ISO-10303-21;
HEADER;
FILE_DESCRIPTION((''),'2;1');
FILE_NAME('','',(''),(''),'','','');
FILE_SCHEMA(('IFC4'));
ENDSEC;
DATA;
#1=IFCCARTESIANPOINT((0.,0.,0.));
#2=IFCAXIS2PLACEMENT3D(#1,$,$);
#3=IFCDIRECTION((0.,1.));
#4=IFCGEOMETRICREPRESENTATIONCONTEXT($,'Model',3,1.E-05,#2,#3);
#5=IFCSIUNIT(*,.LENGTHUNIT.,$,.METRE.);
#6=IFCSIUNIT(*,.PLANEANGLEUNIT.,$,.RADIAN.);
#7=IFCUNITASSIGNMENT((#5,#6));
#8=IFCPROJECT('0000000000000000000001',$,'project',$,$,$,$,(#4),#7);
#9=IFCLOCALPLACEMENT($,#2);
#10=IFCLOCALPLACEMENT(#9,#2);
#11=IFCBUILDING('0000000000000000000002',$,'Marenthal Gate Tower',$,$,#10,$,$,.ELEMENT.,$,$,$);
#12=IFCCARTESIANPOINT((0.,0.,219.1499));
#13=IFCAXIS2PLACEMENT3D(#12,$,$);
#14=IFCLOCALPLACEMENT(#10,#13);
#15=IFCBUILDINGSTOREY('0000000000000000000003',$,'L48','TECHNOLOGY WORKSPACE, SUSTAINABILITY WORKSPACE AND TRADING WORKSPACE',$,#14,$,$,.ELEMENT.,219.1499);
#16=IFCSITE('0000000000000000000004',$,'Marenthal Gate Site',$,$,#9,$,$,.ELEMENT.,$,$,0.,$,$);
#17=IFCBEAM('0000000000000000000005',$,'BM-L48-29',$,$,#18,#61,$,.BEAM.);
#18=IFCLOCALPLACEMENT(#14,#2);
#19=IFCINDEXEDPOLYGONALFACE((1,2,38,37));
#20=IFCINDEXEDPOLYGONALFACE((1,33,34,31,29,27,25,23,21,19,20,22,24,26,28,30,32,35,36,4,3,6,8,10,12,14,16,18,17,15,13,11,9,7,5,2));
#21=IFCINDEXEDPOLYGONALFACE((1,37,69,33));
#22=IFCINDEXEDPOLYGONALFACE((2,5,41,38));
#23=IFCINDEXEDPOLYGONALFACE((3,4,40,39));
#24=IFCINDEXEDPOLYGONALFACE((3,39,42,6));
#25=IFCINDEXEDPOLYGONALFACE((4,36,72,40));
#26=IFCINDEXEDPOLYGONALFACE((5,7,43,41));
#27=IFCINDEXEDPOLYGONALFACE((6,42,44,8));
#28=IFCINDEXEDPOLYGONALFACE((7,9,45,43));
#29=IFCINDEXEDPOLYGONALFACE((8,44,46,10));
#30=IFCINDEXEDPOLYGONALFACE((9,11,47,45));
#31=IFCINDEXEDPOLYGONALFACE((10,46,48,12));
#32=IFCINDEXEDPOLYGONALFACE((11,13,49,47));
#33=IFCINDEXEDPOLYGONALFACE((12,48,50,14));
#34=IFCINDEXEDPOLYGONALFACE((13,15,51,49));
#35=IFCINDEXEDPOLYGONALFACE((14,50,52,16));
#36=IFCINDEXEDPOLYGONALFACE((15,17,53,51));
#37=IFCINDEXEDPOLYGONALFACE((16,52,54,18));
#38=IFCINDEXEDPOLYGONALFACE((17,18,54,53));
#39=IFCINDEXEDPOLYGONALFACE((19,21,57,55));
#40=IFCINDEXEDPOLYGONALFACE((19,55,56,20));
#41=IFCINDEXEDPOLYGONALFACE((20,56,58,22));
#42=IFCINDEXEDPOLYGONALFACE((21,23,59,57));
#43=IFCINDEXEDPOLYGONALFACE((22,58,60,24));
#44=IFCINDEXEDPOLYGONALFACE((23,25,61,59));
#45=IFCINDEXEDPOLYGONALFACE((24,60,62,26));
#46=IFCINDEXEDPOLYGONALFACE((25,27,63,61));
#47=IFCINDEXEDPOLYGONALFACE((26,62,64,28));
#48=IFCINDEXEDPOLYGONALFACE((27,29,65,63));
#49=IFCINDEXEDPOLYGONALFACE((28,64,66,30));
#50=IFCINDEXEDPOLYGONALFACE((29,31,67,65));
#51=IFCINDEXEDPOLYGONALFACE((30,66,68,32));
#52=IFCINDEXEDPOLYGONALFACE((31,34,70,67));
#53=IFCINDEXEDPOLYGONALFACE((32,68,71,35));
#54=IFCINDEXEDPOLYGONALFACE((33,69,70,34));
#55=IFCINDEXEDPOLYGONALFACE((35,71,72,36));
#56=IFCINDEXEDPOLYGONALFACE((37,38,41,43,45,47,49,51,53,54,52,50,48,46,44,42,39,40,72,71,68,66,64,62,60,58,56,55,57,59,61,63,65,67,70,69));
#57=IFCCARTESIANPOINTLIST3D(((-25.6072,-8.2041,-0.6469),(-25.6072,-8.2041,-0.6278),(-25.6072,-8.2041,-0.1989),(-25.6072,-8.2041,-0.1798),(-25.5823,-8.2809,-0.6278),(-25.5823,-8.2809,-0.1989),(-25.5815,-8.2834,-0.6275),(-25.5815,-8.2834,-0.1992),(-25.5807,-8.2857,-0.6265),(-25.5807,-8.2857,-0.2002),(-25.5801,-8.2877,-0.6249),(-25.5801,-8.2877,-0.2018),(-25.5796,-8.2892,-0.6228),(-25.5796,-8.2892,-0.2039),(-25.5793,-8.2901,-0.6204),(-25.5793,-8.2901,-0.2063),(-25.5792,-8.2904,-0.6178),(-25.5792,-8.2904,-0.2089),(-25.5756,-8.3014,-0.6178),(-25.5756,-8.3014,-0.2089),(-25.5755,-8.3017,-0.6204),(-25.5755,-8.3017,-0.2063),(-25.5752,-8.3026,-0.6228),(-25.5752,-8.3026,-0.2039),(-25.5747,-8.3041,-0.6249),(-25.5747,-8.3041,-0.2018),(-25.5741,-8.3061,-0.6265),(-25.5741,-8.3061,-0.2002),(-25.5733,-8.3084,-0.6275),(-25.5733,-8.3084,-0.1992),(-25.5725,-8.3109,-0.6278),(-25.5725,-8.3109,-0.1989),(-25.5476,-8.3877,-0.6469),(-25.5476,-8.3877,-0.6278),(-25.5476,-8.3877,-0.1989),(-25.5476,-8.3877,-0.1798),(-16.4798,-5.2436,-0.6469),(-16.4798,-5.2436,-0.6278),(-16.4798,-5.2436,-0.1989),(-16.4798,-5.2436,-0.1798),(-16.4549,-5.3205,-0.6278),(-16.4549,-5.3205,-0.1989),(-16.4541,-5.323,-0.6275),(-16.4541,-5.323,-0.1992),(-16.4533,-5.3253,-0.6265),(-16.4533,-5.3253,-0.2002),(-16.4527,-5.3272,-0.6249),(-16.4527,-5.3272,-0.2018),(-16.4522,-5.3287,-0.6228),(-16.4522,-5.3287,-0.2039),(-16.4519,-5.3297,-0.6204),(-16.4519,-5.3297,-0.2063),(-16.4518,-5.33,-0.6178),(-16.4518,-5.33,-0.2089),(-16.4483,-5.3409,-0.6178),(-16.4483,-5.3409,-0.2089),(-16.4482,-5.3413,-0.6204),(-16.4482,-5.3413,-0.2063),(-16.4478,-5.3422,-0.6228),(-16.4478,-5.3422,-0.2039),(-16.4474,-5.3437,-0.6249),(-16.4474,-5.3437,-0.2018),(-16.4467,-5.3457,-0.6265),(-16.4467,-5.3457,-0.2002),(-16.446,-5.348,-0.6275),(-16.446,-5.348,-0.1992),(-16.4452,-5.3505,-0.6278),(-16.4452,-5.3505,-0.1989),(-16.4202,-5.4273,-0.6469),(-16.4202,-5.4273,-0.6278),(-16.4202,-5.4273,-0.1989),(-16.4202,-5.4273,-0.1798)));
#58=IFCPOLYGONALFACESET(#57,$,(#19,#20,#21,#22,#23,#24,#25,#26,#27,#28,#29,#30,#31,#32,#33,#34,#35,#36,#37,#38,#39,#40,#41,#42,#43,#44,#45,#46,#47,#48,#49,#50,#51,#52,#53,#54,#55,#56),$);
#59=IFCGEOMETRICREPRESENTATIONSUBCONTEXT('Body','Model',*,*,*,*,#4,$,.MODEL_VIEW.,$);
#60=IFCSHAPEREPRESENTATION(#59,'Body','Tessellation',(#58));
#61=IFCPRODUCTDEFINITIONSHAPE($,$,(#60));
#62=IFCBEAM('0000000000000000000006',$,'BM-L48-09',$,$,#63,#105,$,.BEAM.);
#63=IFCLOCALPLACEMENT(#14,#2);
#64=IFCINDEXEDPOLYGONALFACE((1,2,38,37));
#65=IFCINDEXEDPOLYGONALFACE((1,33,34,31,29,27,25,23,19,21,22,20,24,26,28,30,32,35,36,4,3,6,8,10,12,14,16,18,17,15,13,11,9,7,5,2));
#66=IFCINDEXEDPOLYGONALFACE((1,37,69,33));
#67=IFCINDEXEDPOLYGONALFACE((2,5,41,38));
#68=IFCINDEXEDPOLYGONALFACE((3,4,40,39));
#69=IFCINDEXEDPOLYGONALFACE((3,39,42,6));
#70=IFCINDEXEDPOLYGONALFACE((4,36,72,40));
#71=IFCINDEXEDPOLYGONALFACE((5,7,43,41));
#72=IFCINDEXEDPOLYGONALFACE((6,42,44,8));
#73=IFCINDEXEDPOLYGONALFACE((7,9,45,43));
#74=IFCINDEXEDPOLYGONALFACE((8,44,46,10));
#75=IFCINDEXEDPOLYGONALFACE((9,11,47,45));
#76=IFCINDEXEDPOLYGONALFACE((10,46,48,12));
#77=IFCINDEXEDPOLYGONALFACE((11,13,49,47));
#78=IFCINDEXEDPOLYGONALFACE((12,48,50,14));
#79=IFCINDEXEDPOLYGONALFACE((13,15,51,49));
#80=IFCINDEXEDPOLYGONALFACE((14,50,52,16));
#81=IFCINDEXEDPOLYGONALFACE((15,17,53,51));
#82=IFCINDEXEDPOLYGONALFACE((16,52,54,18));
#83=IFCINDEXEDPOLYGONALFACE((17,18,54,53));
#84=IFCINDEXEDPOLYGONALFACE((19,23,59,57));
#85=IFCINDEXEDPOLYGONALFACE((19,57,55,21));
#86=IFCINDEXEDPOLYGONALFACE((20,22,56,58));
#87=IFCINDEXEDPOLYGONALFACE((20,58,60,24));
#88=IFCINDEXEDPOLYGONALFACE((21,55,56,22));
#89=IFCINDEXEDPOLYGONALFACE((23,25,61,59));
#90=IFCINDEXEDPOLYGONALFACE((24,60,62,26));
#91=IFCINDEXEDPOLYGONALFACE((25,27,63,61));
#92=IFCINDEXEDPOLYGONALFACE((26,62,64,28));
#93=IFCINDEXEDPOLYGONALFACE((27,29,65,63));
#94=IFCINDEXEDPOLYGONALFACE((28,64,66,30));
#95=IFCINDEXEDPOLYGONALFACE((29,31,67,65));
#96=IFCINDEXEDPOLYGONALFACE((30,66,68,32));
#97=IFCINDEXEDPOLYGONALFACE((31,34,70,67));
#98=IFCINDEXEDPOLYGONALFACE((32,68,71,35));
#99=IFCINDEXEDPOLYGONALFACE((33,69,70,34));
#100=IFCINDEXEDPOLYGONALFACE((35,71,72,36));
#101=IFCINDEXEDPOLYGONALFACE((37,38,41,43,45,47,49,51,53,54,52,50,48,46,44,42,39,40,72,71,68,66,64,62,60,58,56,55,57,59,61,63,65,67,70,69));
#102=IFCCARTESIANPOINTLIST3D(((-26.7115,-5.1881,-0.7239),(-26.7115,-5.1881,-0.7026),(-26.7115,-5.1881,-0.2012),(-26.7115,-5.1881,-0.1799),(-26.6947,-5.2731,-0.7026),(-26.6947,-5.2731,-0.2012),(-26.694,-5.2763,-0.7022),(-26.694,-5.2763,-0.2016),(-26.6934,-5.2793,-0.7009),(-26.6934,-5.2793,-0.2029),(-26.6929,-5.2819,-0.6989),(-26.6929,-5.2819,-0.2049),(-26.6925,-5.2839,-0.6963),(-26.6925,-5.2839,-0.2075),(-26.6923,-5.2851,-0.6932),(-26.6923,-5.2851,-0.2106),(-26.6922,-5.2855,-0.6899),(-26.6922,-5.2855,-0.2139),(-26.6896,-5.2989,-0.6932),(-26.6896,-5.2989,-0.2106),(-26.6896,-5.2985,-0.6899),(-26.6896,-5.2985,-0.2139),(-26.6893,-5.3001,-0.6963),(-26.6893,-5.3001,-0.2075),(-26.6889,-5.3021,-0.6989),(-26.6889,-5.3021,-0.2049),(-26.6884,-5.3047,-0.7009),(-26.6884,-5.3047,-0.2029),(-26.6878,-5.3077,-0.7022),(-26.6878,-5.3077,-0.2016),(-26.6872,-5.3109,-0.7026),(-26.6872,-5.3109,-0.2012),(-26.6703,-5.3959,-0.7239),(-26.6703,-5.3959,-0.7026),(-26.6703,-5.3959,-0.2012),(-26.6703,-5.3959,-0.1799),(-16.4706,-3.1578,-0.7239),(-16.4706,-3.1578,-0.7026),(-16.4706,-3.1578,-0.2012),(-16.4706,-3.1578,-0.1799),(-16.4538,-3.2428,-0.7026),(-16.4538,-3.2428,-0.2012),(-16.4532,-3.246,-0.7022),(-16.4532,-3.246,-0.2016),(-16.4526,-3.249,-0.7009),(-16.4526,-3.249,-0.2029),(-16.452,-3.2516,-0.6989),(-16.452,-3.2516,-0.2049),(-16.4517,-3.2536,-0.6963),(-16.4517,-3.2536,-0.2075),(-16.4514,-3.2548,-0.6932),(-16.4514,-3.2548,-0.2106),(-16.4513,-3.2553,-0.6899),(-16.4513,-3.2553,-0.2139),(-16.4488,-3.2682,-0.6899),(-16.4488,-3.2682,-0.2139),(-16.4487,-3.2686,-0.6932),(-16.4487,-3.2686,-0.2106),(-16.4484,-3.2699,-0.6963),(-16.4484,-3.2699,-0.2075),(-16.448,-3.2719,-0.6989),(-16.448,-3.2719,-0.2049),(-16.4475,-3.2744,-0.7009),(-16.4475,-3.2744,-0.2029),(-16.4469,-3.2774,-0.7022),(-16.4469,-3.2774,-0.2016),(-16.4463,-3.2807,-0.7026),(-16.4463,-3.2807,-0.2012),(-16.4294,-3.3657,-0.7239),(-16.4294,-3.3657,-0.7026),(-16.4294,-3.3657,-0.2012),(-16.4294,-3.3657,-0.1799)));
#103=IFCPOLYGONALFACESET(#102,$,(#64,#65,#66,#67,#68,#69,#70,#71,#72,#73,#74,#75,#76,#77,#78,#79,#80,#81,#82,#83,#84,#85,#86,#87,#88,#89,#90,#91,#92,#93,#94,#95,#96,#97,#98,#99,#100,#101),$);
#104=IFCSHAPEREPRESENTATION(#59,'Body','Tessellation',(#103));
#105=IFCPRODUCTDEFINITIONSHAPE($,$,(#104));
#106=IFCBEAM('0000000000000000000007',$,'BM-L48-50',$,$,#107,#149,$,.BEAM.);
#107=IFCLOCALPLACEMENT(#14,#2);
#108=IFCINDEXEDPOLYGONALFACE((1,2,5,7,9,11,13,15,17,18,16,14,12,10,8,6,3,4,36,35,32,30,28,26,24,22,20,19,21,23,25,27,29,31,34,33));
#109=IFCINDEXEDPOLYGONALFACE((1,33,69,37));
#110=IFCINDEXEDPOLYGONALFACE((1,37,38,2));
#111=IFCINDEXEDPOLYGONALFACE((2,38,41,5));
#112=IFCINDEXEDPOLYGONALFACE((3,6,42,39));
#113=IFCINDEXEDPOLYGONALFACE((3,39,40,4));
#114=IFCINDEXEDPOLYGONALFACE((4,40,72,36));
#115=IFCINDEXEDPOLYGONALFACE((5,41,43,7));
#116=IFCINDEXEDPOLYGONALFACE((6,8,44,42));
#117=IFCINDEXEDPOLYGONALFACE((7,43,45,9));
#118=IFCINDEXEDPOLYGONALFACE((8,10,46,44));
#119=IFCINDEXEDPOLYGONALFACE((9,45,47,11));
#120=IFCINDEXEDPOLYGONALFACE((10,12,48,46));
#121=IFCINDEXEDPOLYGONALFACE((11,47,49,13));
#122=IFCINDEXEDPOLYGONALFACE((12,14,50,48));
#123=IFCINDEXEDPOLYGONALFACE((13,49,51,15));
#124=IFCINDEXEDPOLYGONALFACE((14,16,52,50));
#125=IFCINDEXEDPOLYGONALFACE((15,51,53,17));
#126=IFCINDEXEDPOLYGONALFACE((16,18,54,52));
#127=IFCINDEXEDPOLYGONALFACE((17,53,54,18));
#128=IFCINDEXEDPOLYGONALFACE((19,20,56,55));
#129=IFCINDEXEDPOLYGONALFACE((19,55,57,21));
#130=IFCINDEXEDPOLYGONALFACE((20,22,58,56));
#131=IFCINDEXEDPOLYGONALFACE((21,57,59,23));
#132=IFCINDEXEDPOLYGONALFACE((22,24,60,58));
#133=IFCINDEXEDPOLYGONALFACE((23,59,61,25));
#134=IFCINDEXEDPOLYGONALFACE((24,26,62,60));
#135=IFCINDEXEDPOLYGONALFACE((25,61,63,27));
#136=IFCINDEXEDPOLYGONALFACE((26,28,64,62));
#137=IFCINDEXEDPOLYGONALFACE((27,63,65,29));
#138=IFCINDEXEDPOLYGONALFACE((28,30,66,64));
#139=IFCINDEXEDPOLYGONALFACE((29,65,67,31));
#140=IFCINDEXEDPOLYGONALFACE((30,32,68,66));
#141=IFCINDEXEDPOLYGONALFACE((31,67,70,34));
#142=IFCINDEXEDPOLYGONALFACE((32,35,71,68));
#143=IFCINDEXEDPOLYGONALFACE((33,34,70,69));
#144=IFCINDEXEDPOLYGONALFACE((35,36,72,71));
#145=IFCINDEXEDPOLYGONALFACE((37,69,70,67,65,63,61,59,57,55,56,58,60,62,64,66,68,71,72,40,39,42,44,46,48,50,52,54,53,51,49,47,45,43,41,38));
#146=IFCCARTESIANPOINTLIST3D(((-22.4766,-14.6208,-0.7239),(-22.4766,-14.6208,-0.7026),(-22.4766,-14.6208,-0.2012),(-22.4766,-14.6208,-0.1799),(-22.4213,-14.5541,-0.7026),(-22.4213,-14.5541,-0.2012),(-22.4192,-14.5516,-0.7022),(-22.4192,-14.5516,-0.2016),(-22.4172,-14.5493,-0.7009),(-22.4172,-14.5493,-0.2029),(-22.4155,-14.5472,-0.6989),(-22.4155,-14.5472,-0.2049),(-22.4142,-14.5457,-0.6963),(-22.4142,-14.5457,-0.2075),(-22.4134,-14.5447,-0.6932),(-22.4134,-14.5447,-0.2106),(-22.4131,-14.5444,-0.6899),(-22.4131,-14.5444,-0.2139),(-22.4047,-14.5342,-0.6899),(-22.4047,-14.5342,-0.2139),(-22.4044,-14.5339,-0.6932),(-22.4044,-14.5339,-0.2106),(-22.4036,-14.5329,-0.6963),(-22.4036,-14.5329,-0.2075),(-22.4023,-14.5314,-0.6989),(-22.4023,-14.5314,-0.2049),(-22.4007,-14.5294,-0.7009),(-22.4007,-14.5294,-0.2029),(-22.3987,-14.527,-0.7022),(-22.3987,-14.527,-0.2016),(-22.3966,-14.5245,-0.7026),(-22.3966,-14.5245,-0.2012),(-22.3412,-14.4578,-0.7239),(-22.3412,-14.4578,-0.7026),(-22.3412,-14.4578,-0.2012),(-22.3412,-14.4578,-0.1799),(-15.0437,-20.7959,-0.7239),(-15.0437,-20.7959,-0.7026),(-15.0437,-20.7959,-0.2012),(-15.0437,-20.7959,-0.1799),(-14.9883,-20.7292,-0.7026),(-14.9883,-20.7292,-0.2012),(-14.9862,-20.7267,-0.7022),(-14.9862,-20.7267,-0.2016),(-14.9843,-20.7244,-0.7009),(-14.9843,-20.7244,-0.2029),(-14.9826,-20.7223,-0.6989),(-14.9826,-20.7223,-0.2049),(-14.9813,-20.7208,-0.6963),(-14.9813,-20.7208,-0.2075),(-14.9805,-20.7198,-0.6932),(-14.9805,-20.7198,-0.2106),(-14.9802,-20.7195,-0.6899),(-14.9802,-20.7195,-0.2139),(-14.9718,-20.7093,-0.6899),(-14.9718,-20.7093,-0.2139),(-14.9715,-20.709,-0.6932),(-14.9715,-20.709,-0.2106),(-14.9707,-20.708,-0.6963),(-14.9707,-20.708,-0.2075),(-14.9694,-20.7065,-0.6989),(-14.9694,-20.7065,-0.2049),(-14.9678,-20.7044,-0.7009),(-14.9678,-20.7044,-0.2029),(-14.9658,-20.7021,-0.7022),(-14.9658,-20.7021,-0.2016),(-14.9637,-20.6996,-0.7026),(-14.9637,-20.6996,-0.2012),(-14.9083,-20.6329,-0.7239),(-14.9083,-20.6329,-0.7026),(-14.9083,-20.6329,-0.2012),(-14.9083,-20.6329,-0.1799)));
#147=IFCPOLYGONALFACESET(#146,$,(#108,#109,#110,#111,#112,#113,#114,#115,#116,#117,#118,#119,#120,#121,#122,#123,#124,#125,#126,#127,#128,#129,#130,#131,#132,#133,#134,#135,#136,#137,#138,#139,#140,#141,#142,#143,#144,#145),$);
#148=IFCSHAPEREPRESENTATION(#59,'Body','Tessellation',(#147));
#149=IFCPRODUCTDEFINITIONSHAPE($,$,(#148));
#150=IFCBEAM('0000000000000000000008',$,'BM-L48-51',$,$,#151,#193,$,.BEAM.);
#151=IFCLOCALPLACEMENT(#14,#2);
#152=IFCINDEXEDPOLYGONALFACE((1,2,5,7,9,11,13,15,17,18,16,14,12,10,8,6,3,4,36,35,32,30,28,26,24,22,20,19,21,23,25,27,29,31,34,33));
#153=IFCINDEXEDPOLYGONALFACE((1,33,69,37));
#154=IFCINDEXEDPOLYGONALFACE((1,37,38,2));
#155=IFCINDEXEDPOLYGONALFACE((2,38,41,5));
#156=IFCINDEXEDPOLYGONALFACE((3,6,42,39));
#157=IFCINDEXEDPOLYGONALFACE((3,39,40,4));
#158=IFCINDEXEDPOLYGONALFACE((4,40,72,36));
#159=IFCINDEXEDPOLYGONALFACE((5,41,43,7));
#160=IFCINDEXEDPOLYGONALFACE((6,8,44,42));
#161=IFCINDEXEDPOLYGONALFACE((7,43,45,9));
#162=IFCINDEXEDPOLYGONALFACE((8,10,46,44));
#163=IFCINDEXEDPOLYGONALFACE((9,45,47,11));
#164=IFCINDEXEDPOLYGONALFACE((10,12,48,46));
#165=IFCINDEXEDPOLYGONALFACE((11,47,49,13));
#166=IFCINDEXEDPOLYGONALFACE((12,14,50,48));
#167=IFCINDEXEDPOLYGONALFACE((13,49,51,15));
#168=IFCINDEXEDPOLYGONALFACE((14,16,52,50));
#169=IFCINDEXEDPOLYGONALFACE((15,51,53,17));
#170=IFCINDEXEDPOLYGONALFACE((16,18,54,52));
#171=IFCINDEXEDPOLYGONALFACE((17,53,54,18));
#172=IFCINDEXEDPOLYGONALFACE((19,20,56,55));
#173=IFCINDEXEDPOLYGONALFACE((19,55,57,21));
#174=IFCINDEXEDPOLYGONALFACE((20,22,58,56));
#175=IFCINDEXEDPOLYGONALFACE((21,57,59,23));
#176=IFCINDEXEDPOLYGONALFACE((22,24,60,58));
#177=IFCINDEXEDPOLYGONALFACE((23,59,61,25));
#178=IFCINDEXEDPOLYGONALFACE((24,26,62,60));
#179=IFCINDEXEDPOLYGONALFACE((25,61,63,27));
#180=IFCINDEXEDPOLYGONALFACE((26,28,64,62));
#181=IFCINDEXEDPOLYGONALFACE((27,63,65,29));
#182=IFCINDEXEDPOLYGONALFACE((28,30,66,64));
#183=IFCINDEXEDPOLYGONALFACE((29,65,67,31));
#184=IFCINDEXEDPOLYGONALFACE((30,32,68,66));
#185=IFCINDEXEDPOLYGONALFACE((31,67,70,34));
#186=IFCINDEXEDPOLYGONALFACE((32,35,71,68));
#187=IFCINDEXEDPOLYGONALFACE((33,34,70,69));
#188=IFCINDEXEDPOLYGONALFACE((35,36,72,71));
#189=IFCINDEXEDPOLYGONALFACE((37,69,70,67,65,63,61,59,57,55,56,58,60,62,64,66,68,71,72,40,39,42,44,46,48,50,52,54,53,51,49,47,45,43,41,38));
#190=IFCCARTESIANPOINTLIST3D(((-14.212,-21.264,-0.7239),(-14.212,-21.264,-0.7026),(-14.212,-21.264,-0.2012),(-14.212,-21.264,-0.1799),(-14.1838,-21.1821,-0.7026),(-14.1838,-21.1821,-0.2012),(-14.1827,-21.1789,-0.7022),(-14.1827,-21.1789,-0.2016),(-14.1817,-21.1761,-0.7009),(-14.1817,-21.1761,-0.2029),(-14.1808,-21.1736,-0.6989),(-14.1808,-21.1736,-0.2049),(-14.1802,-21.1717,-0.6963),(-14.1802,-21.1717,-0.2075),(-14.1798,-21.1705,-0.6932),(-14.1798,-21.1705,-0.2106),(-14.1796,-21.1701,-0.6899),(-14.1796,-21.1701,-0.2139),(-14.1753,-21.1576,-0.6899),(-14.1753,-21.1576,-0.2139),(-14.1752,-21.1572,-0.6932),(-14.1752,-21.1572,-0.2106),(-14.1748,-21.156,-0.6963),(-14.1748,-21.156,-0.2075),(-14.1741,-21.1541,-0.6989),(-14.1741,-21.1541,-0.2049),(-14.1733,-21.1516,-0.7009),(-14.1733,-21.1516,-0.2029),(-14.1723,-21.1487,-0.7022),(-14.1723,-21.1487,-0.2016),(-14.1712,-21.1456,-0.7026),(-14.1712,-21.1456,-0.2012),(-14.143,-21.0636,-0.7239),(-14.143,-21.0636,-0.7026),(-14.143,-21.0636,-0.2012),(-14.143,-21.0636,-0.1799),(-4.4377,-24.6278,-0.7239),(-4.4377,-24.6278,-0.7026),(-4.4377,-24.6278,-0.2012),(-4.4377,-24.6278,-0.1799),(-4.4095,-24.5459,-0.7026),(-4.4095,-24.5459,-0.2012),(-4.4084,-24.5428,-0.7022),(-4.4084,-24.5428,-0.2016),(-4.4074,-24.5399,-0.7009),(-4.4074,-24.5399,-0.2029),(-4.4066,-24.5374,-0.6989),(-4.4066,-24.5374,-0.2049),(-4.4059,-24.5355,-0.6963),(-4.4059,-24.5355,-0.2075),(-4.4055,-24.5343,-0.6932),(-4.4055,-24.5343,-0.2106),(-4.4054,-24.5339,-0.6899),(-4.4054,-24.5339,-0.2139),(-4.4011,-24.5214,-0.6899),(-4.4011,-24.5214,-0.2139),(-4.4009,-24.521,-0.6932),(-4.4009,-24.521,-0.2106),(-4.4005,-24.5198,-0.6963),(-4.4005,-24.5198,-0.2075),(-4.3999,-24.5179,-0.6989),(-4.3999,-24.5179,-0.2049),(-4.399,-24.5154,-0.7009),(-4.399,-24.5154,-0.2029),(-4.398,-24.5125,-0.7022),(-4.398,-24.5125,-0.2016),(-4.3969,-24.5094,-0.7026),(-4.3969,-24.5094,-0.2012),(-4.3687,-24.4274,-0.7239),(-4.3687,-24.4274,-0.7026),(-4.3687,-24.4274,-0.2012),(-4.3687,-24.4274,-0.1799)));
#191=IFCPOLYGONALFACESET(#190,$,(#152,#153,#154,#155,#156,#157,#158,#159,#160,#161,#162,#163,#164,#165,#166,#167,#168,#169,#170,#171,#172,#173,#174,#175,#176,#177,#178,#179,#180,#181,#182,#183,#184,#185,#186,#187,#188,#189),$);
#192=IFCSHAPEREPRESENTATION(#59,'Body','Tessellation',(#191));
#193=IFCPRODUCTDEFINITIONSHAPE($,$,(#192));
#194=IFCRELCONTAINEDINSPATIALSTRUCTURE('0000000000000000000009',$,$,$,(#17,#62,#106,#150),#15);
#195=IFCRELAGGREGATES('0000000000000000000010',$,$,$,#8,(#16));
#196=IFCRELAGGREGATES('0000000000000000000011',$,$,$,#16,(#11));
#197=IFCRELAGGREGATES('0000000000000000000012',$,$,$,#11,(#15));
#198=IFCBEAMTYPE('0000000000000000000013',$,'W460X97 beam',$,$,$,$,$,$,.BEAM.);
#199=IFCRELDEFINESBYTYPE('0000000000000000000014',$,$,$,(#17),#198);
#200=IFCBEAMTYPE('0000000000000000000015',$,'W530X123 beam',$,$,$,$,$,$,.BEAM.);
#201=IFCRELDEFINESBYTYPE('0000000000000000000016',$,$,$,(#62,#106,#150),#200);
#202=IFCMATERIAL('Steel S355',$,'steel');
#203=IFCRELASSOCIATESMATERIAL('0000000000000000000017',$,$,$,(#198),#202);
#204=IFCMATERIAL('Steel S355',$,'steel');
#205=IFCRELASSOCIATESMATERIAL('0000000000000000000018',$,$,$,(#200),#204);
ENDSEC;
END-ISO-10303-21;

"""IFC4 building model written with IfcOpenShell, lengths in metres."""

from ifc_helpers import new_model, si_unit, direction, frame, origin, origin_2d, place, context, subcontext, project, spatial, i_section, extrude, material, material_profile, profile_set, type_object, element, save


model = new_model("IFC4")

# Units and contexts
model_context = context("Model", 3, precision=1e-05, world=origin(), true_north=direction((0.0, 1.0)))
body_context = subcontext(model_context, "Body", "Model", "MODEL_VIEW")
ifc_project = project(units=[si_unit("LENGTHUNIT", "METRE"), si_unit("PLANEANGLEUNIT", "RADIAN")], contexts=[model_context])

# Site, building, storey
site_placement = place(None, origin())
site = spatial("IfcSite", under=ifc_project, at=site_placement, Name="Marenthal Gate Site", CompositionType="ELEMENT", RefElevation=0.0)
building_placement = place(site_placement, origin())
building = spatial("IfcBuilding", under=site, at=building_placement, Name="Marenthal Gate Tower", CompositionType="ELEMENT")
storey_placement = place(building_placement, frame((0.0, 0.0, 219.1499)))
storey = spatial("IfcBuildingStorey", under=building, at=storey_placement, Name="L48", Description="TECHNOLOGY WORKSPACE, SUSTAINABILITY WORKSPACE AND TRADING WORKSPACE", CompositionType="ELEMENT", Elevation=219.1499)

# Beams
ifc_material_1 = material(Name="Steel S355", Category="steel")
ifc_material_profile_1 = material_profile(ifc_material_1, i_section(OverallWidth=0.1931, OverallDepth=0.467, WebThickness=0.0115, FlangeThickness=0.019, FilletRadius=0.01, at=origin_2d()), Name="W460X97")
ifc_profile_set_1 = profile_set([ifc_material_profile_1], Name="Steel S355")
beam_type_1 = type_object("IfcBeamType", Name="W460X97 beam", PredefinedType="BEAM", material=ifc_profile_set_1)
beam_1_placement = place(storey_placement, frame((-25.5774, -8.2959, -0.4133), z_axis=(0.951217, 0.308523, 0.0), x_axis=(-0.308523, 0.951217, 0.0)))
element("IfcBeam", 1, at=beam_1_placement, inside=storey, type_object=beam_type_1, Name="BM-L48-29", PredefinedType="BEAM", context=body_context, shape_type="SweptSolid", body=[
    extrude(i_section(OverallWidth=0.1931, OverallDepth=0.467, WebThickness=0.0115, FlangeThickness=0.019, FilletRadius=0.01, at=origin_2d()), origin(), (0.0, 0.0, 1.0), 9.5955),
])
ifc_material_2 = material(Name="Steel S355", Category="steel")
ifc_material_profile_2 = material_profile(ifc_material_2, i_section(OverallWidth=0.2119, OverallDepth=0.5439, WebThickness=0.0132, FlangeThickness=0.0212, FilletRadius=0.0127, at=origin_2d()), Name="W530X123")
ifc_profile_set_2 = profile_set([ifc_material_profile_2], Name="Steel S355")
beam_type_2 = type_object("IfcBeamType", Name="W530X123 beam", PredefinedType="BEAM", material=ifc_profile_set_2)
beam_2_placement = place(storey_placement, frame((-26.6909, -5.292, -0.4519), z_axis=(0.980909, 0.194465, 0.0), x_axis=(-0.194465, 0.980909, 0.0)))
element("IfcBeam", 2, at=beam_2_placement, inside=storey, type_object=beam_type_2, Name="BM-L48-09", PredefinedType="BEAM", context=body_context, shape_type="SweptSolid", body=[
    extrude(i_section(OverallWidth=0.2119, OverallDepth=0.5439, WebThickness=0.0132, FlangeThickness=0.0212, FilletRadius=0.0127, at=origin_2d()), origin(), (0.0, 0.0, 1.0), 10.4402),
])
beam_3_placement = place(storey_placement, frame((-22.4089, -14.5393, -0.4519), z_axis=(0.769188, -0.639023, 0.0), x_axis=(0.639023, 0.769188, 0.0)))
element("IfcBeam", 3, at=beam_3_placement, inside=storey, type_object=beam_type_2, Name="BM-L48-50", PredefinedType="BEAM", context=body_context, shape_type="SweptSolid", body=[
    extrude(i_section(OverallWidth=0.2119, OverallDepth=0.5439, WebThickness=0.0132, FlangeThickness=0.0212, FilletRadius=0.0127, at=origin_2d()), origin(), (0.0, 0.0, 1.0), 9.6633),
])
beam_4_placement = place(storey_placement, frame((-14.1775, -21.1638, -0.4519), z_axis=(0.945571, -0.325417, 0.0), x_axis=(0.325417, 0.945571, 0.0)))
element("IfcBeam", 4, at=beam_4_placement, inside=storey, type_object=beam_type_2, Name="BM-L48-51", PredefinedType="BEAM", context=body_context, shape_type="SweptSolid", body=[
    extrude(i_section(OverallWidth=0.2119, OverallDepth=0.5439, WebThickness=0.0132, FlangeThickness=0.0212, FilletRadius=0.0127, at=origin_2d()), origin(), (0.0, 0.0, 1.0), 10.3369),
])

save(model, "model.ifc")
